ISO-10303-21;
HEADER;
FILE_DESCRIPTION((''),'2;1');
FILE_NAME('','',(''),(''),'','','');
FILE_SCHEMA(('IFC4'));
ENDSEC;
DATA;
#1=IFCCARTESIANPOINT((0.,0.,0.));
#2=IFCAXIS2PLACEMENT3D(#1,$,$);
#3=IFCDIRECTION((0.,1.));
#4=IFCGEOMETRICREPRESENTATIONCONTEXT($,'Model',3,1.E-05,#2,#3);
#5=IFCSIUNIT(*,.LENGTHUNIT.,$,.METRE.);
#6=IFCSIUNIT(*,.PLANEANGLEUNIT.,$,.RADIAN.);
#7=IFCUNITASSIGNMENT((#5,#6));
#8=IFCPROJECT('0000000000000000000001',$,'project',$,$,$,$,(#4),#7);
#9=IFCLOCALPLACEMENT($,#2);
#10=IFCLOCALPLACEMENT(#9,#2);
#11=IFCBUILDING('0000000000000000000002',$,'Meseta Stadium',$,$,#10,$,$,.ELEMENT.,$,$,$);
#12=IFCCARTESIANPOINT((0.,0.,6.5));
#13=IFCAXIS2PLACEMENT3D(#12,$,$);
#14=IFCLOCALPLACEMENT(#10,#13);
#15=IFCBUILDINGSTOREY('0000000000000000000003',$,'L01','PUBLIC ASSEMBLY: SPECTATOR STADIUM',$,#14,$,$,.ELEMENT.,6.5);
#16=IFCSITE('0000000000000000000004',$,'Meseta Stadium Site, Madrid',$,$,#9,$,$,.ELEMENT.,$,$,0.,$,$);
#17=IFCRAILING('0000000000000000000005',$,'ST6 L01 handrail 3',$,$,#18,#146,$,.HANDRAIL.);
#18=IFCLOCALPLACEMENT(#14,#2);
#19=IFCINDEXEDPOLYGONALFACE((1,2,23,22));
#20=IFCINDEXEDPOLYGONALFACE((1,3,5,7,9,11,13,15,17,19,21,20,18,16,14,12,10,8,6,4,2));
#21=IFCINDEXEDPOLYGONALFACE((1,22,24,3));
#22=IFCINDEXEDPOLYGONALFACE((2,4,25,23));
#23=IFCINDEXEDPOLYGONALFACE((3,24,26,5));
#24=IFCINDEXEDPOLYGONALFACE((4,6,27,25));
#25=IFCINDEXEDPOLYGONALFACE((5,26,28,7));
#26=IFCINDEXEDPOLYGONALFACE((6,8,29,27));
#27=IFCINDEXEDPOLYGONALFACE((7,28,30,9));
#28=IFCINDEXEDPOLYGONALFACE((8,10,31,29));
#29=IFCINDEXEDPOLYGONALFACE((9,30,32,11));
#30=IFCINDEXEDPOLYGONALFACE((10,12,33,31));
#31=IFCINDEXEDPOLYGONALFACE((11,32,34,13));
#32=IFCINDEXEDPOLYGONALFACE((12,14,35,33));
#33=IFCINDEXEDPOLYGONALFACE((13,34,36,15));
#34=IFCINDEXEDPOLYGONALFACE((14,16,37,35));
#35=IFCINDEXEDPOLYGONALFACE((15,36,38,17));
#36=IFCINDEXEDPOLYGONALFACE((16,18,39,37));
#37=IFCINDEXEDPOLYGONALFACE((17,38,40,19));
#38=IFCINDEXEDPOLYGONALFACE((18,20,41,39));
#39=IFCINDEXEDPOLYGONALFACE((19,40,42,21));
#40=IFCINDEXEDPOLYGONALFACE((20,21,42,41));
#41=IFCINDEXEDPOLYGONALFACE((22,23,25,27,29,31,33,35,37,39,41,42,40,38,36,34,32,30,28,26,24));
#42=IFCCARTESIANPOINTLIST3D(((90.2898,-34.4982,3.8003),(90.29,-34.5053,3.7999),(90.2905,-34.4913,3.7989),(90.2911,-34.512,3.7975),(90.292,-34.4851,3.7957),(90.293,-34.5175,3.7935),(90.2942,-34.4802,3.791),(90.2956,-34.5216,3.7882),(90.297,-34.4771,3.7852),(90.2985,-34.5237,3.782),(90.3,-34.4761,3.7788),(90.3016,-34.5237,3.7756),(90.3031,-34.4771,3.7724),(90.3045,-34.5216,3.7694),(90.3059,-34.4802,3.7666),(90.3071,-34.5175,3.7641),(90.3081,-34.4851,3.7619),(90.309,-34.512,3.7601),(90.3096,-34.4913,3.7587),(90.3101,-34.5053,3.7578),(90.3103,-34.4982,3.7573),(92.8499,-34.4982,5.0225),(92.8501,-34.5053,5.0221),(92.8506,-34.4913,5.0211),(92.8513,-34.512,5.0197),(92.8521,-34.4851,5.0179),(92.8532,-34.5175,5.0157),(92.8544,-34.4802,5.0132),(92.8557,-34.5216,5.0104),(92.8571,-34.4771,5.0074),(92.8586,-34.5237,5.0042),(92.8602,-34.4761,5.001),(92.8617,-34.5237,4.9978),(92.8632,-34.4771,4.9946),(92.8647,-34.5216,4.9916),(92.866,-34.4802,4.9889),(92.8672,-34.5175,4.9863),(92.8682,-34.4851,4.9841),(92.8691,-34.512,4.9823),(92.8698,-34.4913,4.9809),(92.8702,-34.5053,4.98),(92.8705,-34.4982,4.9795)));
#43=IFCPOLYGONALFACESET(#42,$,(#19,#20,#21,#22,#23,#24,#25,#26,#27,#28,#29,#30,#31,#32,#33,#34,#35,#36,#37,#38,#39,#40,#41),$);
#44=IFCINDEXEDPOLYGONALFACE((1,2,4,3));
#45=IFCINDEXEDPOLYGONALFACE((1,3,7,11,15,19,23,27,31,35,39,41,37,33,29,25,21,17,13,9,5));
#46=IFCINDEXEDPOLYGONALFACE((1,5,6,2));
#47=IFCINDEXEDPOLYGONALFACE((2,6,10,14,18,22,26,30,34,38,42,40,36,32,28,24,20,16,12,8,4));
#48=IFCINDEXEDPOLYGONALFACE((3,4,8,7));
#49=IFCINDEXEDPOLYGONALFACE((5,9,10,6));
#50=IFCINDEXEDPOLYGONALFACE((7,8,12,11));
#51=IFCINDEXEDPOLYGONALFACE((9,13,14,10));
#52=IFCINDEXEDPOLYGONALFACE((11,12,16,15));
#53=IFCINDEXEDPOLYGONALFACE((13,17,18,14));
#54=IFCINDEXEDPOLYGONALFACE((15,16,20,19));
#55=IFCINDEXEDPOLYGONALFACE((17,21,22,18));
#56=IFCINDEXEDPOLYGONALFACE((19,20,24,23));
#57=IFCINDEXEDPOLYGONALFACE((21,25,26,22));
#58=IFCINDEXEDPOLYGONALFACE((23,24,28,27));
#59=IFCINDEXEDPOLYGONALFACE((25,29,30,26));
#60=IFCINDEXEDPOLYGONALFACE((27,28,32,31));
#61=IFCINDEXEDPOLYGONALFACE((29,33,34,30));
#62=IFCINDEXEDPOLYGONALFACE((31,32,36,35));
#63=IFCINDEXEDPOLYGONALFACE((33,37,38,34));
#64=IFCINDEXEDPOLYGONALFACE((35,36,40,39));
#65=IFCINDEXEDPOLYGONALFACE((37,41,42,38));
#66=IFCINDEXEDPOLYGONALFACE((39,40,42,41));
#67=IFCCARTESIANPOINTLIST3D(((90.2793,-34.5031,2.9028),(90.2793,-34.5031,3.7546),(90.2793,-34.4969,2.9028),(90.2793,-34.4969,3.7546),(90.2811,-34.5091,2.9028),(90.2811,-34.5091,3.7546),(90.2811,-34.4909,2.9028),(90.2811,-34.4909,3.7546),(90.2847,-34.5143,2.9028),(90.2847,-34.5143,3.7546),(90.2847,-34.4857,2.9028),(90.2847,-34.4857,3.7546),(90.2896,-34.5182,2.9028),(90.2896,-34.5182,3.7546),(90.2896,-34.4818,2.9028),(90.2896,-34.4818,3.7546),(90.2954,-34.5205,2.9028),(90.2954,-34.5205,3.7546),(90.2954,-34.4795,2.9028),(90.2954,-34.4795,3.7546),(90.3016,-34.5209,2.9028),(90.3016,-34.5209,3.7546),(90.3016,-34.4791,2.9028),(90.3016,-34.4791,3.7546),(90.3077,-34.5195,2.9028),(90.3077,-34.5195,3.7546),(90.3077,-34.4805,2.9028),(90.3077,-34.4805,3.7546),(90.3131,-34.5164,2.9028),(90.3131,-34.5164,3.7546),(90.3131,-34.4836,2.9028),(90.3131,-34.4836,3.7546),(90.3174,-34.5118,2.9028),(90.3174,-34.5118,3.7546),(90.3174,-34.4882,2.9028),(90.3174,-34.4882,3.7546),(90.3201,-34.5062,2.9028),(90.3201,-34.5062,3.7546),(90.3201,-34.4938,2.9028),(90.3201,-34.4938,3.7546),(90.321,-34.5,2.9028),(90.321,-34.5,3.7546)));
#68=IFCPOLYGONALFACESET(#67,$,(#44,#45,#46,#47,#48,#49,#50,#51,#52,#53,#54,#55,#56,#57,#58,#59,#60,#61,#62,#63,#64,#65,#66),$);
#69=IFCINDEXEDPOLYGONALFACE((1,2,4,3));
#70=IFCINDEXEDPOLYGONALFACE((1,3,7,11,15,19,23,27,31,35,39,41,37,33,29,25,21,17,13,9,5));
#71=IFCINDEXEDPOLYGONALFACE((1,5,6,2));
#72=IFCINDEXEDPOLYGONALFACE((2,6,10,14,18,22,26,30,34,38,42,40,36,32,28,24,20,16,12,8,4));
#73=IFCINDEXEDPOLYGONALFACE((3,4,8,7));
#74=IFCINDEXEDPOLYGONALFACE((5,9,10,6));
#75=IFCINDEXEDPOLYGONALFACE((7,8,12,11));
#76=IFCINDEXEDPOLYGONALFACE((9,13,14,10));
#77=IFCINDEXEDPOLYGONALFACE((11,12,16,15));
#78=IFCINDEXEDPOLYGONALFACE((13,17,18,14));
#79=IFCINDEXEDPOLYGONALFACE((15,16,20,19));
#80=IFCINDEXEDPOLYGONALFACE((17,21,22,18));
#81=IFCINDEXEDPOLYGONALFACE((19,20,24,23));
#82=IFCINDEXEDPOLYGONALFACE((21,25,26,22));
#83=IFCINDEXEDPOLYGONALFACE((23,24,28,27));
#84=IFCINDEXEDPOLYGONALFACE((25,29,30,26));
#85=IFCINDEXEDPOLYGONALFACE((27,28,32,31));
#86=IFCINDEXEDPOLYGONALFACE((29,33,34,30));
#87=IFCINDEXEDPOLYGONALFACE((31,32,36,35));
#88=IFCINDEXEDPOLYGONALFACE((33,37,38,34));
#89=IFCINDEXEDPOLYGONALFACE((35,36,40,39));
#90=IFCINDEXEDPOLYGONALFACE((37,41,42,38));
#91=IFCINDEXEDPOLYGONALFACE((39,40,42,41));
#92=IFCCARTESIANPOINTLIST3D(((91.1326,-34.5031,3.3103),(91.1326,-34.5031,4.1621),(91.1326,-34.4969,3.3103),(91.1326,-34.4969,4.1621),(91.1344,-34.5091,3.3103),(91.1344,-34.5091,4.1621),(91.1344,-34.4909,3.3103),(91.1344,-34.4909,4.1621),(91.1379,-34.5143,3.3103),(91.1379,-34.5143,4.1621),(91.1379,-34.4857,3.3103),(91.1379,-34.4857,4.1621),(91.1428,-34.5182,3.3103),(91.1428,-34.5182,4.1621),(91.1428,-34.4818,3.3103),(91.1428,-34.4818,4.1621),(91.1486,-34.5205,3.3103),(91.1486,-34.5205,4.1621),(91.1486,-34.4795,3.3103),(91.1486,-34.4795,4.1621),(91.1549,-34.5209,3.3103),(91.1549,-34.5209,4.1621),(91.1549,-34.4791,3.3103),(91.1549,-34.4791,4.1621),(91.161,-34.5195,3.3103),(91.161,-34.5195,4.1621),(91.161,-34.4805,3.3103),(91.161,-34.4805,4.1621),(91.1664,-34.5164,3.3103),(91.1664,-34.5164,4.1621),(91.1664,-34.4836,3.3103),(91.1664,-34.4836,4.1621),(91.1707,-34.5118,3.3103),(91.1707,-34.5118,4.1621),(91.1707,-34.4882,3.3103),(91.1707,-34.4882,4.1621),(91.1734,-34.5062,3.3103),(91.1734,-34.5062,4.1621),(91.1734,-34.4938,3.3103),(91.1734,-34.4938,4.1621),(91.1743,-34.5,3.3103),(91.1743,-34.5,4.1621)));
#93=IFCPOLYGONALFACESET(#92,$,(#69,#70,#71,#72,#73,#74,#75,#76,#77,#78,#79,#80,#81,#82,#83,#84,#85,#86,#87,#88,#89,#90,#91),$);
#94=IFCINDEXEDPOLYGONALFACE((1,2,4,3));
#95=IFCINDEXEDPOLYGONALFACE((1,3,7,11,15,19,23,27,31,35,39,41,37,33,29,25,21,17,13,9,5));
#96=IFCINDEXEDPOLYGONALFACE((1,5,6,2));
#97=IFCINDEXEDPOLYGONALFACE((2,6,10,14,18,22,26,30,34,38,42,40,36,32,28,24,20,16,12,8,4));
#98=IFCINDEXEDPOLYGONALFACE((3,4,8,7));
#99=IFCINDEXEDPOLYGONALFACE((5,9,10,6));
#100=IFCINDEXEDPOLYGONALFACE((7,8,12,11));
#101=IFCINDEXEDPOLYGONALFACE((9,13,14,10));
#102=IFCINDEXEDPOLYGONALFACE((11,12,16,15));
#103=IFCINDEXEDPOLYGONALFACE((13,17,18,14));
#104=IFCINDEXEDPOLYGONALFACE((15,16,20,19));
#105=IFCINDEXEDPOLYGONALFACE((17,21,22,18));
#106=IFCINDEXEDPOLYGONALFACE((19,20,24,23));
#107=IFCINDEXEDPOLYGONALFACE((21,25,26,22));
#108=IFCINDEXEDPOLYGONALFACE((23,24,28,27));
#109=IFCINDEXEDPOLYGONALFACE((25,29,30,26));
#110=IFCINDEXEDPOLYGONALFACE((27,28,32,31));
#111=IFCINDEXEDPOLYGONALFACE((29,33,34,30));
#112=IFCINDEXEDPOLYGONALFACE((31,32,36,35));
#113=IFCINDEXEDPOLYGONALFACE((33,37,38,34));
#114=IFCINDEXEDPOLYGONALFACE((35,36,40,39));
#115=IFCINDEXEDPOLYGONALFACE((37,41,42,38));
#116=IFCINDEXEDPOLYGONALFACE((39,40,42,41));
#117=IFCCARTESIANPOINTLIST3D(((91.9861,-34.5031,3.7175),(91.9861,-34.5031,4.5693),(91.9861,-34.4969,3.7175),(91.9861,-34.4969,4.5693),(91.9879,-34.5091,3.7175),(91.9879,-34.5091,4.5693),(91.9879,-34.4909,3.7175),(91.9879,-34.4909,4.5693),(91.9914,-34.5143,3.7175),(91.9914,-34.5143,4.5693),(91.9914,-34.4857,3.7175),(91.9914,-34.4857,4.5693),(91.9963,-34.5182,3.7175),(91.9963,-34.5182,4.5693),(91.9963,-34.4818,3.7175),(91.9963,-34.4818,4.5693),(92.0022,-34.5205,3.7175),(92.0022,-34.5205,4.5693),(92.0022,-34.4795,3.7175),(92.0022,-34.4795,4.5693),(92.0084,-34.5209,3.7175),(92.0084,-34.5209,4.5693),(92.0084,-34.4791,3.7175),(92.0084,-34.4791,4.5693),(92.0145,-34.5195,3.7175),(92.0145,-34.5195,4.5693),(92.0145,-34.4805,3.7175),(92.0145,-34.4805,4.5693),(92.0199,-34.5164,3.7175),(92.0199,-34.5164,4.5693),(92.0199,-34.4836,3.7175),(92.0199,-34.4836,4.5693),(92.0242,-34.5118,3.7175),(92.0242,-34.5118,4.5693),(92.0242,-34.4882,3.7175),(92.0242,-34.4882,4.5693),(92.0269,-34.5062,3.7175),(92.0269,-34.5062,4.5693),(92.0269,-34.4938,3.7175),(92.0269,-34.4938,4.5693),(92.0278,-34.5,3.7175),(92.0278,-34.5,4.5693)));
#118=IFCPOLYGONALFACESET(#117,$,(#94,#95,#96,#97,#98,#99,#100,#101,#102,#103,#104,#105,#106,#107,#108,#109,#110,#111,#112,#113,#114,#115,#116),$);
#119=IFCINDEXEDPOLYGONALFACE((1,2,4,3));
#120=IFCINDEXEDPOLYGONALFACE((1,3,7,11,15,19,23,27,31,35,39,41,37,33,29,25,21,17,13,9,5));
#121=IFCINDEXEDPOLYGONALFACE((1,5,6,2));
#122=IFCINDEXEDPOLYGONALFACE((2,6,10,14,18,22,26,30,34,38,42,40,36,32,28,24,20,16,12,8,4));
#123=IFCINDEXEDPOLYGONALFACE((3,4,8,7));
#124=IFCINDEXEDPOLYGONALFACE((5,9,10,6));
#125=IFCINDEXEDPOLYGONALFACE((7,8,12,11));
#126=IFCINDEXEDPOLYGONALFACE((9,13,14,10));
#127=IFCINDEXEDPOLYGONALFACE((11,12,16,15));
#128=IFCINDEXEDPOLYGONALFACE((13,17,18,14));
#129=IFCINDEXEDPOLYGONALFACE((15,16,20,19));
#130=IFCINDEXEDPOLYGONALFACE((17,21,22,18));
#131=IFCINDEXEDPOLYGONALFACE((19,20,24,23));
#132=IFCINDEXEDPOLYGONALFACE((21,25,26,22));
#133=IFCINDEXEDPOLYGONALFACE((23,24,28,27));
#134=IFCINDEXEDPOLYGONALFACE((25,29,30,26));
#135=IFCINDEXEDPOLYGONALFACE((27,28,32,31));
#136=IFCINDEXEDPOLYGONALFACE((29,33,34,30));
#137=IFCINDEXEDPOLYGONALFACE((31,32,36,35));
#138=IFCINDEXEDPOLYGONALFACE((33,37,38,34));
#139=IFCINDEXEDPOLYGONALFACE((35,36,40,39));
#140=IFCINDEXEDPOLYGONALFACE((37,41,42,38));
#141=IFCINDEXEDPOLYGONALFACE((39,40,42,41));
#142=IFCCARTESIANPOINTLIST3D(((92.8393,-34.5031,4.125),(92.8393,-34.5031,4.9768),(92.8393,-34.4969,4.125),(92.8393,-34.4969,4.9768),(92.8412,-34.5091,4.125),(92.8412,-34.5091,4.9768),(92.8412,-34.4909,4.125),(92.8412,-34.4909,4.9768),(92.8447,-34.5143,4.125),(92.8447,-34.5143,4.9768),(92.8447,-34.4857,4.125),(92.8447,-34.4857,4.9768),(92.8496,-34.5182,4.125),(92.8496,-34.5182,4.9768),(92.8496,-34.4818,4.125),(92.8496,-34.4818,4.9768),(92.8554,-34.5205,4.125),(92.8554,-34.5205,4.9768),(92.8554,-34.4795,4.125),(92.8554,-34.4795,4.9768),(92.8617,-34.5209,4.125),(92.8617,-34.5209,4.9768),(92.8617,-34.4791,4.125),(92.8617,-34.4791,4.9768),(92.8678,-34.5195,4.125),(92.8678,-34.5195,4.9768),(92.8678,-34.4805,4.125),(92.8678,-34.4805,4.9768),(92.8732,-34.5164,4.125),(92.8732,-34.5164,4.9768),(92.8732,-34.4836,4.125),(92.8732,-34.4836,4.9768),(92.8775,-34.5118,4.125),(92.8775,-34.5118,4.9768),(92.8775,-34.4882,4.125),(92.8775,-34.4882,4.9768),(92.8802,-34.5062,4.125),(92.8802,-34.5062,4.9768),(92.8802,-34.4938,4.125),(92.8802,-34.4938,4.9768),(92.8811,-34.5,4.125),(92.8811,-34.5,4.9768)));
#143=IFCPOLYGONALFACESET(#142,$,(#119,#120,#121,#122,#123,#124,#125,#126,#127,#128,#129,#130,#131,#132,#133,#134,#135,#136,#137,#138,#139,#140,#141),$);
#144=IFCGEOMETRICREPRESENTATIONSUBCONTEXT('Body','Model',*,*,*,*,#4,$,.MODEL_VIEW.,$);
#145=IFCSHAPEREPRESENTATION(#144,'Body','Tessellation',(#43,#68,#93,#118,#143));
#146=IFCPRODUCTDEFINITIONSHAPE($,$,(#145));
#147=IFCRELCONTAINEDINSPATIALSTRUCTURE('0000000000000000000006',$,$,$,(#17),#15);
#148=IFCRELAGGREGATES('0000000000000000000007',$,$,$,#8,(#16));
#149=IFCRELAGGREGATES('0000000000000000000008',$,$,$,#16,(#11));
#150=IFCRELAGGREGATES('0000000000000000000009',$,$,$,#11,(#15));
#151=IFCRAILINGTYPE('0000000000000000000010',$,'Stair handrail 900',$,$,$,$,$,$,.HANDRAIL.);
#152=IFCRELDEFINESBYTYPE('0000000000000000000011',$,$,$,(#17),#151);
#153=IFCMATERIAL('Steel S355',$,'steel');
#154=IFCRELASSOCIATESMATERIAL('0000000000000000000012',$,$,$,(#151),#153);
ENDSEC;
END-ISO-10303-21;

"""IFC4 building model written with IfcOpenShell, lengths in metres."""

from ifc_helpers import new_model, si_unit, direction, frame, origin, origin_2d, place, context, subcontext, project, spatial, circle, extrude, material, type_object, element, save


model = new_model("IFC4")

# Units and contexts
model_context = context("Model", 3, precision=1e-05, world=origin(), true_north=direction((0.0, 1.0)))
body_context = subcontext(model_context, "Body", "Model", "MODEL_VIEW")
ifc_project = project(units=[si_unit("LENGTHUNIT", "METRE"), si_unit("PLANEANGLEUNIT", "RADIAN")], contexts=[model_context])

# Site, building, storey
site_placement = place(None, origin())
site = spatial("IfcSite", under=ifc_project, at=site_placement, Name="Meseta Stadium Site, Madrid", CompositionType="ELEMENT", RefElevation=0.0)
building_placement = place(site_placement, origin())
building = spatial("IfcBuilding", under=site, at=building_placement, Name="Meseta Stadium", CompositionType="ELEMENT")
storey_placement = place(building_placement, frame((0.0, 0.0, 6.5)))
storey = spatial("IfcBuildingStorey", under=building, at=storey_placement, Name="L01", Description="PUBLIC ASSEMBLY: SPECTATOR STADIUM", CompositionType="ELEMENT", Elevation=6.5)

# Railing
ifc_material_1 = material(Name="Steel S355", Category="steel")
railing_type_1 = type_object("IfcRailingType", Name="Stair handrail 900", PredefinedType="HANDRAIL", material=ifc_material_1)
for number, where, name in (
    (1, (90.3, -34.5, 2.9028), "ST6 L01 handrail 3"),
):
    element("IfcRailing", number, at=place(storey_placement, frame(where)), inside=storey, type_object=railing_type_1, Name=name, PredefinedType="HANDRAIL", context=body_context, shape_type="SweptSolid", body=[
        extrude(circle(Radius=0.0239, at=origin_2d()), frame((0.0, 0.0, 0.876), z_axis=(0.902437, 0.0, 0.430822), x_axis=(0.0, 1.0, 0.0)), (0.0, 0.0, 1.0), 2.8369),
        extrude(circle(Radius=0.021, at=origin_2d()), origin(), (0.0, 0.0, 1.0), 0.8518),
        extrude(circle(Radius=0.021, at=origin_2d()), frame((0.8533, 0.0, 0.4075)), (0.0, 0.0, 1.0), 0.8518),
        extrude(circle(Radius=0.021, at=origin_2d()), frame((1.7068, 0.0, 0.8147)), (0.0, 0.0, 1.0), 0.8518),
        extrude(circle(Radius=0.021, at=origin_2d()), frame((2.5601, 0.0, 1.2222)), (0.0, 0.0, 1.0), 0.8518),
    ])

save(model, "model.ifc")
